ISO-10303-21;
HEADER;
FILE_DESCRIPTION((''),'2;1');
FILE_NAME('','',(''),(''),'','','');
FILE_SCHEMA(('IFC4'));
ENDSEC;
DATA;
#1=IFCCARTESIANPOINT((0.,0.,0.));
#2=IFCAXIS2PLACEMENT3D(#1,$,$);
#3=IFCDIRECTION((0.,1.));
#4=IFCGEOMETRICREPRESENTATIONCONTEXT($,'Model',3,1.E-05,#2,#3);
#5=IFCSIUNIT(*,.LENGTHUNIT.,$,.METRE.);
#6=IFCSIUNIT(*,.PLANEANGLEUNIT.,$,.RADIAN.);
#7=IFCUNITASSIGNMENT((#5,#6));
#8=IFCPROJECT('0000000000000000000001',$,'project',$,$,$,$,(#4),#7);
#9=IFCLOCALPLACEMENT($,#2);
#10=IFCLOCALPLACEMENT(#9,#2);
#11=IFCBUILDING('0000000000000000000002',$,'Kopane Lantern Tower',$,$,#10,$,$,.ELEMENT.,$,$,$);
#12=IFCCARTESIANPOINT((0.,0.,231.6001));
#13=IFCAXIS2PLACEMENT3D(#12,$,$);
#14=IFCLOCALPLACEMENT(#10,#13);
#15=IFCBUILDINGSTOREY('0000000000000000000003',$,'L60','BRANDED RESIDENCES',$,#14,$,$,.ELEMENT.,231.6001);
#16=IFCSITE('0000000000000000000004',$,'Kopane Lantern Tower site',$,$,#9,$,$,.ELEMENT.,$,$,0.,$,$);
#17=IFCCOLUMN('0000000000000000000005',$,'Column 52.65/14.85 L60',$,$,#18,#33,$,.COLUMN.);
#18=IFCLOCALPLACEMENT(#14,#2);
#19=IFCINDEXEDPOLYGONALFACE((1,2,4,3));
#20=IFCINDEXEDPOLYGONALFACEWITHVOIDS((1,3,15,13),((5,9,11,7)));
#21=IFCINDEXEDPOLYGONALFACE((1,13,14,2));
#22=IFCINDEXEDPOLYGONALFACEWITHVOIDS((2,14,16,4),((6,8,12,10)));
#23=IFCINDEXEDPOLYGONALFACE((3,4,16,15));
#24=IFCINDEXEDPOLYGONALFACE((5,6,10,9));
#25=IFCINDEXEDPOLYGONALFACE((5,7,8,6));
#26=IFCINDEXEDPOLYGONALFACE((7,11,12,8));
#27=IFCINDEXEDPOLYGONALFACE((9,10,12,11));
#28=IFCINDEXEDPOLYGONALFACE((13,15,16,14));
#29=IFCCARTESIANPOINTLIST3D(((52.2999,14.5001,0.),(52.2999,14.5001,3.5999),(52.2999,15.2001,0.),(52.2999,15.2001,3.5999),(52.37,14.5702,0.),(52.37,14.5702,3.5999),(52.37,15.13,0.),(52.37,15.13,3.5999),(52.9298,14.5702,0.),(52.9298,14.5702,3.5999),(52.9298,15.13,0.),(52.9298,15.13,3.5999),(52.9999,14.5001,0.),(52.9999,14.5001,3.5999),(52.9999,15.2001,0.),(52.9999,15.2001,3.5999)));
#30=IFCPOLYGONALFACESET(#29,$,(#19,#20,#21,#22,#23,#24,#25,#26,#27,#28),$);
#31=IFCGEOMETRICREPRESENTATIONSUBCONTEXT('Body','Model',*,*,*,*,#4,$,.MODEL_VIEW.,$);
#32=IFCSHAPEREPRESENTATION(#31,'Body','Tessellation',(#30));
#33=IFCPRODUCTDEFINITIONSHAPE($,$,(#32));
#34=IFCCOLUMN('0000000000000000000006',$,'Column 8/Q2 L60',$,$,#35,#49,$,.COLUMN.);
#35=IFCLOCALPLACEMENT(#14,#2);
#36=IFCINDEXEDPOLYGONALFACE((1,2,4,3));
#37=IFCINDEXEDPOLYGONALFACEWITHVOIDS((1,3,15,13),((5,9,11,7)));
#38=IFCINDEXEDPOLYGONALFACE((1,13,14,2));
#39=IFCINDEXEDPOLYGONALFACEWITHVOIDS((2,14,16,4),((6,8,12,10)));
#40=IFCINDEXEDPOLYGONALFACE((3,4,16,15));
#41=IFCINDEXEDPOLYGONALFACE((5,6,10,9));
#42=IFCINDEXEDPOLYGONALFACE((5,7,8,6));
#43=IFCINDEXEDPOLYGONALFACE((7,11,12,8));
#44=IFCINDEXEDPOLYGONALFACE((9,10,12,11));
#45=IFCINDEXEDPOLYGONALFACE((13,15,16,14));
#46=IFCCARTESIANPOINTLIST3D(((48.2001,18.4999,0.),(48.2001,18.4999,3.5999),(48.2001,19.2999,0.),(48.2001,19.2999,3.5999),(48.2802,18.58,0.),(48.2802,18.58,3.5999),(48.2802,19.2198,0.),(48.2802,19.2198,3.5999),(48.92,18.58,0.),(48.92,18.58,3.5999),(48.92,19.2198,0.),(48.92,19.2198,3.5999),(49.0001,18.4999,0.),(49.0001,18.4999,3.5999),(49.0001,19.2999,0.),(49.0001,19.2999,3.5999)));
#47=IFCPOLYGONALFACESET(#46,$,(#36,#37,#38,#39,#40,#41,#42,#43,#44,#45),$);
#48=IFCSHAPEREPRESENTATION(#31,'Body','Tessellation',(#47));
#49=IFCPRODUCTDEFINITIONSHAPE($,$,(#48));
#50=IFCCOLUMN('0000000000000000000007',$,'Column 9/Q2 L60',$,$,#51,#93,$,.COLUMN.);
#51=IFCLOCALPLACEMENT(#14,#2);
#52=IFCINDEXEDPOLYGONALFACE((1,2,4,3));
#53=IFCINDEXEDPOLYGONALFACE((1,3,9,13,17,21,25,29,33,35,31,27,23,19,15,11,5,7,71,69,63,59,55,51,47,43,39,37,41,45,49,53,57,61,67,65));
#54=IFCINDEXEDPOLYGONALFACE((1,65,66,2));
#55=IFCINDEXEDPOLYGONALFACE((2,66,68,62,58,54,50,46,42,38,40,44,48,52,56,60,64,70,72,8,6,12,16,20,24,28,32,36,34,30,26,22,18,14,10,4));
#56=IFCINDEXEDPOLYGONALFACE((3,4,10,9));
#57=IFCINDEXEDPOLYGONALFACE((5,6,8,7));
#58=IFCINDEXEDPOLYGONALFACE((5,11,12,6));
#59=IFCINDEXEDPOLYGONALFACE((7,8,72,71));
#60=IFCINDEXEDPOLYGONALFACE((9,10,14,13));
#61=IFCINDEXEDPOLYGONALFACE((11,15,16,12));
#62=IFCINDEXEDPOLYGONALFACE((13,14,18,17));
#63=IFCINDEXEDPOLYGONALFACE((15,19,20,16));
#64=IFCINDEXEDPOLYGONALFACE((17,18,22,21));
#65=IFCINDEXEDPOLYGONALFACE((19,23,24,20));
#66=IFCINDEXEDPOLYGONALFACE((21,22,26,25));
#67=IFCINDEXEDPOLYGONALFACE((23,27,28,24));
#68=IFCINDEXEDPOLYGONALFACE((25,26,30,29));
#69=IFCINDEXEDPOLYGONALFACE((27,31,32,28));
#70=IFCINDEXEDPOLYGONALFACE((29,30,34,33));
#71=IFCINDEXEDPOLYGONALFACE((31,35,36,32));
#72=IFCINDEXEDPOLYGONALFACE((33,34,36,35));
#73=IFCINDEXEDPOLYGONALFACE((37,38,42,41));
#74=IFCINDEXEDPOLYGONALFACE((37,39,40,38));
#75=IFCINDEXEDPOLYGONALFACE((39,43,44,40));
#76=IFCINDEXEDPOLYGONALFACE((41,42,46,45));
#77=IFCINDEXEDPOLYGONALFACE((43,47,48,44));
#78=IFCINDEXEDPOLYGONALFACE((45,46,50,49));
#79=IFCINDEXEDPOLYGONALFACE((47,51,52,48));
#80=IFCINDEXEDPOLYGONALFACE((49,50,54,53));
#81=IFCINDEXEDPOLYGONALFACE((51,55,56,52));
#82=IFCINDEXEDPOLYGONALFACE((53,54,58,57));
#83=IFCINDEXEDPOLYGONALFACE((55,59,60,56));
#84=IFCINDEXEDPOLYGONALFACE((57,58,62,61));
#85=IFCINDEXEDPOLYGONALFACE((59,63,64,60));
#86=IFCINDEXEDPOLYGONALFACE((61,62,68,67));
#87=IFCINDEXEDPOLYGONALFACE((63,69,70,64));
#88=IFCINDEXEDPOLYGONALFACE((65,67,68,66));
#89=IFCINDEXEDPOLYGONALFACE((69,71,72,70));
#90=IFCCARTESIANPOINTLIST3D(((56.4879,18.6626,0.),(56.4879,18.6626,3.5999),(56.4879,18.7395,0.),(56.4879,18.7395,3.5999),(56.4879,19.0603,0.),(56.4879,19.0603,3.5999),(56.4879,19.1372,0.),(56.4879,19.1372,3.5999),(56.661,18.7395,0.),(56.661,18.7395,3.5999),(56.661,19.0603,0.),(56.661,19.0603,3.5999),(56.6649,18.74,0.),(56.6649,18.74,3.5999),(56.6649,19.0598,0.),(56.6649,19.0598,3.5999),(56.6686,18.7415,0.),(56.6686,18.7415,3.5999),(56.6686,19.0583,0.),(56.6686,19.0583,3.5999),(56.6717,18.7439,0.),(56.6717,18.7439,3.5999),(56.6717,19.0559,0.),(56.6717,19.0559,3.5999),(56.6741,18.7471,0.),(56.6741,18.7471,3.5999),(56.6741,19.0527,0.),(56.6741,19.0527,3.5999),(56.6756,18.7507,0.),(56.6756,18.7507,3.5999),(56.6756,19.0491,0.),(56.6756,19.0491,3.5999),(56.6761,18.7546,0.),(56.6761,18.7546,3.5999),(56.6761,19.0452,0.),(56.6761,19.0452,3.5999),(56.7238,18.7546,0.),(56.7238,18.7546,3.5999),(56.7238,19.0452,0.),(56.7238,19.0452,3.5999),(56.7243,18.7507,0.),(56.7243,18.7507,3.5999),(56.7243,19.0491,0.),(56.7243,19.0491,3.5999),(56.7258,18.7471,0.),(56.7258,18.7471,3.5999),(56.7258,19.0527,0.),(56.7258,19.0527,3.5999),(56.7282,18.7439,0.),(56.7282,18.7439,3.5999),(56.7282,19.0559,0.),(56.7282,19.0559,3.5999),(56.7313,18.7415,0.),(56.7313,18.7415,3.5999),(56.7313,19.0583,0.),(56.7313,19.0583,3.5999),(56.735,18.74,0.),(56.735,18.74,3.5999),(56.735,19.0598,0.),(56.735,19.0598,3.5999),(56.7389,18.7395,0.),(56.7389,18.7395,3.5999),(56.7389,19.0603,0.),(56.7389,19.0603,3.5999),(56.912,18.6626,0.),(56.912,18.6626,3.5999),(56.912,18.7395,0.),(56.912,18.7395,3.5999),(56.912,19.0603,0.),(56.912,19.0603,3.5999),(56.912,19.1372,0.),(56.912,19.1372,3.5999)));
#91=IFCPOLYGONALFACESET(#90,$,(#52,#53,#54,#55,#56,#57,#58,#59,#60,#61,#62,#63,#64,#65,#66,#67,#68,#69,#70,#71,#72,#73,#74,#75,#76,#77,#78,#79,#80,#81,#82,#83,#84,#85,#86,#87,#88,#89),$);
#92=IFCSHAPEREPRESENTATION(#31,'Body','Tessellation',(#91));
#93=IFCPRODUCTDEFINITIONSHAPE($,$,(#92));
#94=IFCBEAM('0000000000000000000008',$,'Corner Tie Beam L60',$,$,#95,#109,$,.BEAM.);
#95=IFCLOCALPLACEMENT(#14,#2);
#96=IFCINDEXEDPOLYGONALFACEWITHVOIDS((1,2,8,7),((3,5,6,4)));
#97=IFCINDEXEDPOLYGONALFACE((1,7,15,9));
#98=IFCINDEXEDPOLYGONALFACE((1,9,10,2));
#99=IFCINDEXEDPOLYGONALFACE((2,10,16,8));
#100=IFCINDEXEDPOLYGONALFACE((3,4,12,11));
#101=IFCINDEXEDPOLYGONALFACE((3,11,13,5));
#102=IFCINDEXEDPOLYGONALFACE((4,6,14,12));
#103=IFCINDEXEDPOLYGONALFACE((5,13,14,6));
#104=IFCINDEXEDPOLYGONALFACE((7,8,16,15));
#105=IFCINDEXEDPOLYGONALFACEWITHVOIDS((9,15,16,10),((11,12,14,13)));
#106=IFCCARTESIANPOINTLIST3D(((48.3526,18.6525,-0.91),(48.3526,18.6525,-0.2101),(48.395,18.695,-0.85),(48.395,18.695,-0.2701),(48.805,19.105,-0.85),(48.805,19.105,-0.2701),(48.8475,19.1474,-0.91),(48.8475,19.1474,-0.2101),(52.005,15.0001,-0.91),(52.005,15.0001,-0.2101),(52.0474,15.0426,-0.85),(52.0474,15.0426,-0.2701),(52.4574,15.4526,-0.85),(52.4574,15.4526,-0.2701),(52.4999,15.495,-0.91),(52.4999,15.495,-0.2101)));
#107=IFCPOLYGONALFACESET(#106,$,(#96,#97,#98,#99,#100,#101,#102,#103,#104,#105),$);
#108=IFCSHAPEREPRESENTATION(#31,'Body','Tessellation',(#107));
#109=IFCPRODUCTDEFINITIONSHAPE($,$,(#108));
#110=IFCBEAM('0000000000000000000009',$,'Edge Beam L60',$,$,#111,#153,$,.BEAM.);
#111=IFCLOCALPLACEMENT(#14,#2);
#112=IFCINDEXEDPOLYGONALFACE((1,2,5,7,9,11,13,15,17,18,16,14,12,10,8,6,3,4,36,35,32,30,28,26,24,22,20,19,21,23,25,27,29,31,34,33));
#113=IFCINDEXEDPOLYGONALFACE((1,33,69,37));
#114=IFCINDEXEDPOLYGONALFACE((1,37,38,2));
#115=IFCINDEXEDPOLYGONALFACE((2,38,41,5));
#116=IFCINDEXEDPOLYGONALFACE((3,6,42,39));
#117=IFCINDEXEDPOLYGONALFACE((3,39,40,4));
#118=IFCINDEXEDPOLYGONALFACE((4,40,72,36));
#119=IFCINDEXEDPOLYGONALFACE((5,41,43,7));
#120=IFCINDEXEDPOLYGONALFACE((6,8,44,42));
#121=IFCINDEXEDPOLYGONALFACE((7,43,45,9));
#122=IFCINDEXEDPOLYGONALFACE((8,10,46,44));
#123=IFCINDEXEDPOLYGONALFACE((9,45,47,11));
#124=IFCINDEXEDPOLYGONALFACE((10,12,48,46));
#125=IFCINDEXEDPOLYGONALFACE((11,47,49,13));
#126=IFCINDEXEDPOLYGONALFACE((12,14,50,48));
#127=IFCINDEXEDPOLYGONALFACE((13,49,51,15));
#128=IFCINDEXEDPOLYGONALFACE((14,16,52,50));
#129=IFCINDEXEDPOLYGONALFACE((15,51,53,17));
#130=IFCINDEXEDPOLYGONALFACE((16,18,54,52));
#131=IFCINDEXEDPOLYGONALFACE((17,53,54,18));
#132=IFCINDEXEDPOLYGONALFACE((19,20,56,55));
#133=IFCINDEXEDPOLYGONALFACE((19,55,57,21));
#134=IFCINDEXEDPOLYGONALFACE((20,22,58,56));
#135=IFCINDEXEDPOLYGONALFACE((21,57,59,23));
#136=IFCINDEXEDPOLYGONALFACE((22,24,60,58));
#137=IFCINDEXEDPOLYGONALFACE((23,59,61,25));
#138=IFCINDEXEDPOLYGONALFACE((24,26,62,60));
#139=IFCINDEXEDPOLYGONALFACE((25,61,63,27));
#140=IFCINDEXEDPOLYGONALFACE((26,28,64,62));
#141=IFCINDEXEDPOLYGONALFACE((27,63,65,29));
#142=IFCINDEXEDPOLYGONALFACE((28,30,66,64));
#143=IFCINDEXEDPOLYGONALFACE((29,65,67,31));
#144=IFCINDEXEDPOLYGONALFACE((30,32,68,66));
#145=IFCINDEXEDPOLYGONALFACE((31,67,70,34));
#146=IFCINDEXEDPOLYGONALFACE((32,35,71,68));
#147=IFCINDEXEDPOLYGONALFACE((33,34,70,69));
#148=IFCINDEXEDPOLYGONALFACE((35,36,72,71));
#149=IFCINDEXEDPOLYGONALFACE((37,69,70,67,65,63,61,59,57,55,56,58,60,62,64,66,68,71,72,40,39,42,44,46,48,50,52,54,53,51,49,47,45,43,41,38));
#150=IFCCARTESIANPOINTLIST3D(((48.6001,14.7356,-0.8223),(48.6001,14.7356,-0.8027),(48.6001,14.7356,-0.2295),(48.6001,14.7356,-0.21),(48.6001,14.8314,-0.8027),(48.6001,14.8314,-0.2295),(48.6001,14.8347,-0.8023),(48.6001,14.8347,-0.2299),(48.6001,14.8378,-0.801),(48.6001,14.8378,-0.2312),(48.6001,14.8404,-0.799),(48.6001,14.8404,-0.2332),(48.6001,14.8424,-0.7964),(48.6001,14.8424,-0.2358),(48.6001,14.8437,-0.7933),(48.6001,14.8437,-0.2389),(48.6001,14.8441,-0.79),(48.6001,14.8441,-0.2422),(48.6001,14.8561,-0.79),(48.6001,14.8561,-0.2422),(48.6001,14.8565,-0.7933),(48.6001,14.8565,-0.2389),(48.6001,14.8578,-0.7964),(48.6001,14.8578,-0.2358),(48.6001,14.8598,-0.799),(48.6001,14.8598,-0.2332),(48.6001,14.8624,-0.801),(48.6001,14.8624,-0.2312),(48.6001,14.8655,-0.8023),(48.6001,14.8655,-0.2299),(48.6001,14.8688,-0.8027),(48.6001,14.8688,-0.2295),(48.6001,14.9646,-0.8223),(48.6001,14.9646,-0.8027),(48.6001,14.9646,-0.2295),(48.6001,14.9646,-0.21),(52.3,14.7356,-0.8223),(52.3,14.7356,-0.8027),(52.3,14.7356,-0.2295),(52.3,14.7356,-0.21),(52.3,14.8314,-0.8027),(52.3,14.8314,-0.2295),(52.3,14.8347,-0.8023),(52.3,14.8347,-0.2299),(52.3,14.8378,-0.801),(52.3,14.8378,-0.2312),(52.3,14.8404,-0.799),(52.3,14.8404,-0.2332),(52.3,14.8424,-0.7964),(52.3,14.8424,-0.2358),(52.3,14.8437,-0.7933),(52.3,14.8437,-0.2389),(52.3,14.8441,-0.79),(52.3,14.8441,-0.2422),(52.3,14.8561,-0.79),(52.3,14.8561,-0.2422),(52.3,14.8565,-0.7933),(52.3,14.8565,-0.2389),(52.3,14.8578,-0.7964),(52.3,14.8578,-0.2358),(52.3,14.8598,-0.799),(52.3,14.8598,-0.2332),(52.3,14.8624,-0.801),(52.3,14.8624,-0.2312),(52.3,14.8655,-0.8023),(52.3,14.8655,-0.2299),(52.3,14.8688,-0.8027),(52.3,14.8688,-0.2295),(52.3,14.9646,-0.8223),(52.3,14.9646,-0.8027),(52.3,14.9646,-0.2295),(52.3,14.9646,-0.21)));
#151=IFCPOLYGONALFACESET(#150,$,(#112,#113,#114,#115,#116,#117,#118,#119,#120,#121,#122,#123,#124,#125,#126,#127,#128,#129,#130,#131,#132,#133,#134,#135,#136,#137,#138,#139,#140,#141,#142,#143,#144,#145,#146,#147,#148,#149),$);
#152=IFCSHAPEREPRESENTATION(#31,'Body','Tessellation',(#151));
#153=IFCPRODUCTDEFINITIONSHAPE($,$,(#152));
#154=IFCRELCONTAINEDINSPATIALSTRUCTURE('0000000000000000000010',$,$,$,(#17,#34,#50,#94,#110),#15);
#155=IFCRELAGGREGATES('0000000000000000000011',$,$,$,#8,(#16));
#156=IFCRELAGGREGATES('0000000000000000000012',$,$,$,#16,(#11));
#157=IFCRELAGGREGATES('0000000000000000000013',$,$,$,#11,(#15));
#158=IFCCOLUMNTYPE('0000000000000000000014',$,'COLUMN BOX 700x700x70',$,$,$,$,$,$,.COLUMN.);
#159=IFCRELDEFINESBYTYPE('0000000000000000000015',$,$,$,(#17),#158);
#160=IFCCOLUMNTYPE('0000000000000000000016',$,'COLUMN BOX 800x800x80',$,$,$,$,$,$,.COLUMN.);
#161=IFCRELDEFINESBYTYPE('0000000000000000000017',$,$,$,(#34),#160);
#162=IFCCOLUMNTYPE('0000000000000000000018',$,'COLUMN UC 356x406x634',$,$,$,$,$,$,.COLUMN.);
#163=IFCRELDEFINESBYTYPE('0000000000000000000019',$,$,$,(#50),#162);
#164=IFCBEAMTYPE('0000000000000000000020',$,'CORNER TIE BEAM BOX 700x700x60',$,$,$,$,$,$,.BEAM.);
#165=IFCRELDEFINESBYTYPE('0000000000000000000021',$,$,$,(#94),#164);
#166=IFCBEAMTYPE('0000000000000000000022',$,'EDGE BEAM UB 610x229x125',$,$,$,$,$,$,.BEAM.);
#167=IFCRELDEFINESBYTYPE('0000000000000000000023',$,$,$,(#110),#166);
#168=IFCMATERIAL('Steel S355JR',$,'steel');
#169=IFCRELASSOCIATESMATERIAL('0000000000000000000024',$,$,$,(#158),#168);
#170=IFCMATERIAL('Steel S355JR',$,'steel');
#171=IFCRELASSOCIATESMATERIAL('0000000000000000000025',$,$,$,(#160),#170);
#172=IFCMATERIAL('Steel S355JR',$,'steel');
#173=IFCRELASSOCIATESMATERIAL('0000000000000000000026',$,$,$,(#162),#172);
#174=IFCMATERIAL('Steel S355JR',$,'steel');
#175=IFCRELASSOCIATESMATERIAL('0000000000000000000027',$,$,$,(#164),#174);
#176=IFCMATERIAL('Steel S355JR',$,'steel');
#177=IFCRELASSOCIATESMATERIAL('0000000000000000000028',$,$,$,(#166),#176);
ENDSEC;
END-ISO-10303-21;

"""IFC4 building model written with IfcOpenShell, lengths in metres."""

from ifc_helpers import new_model, si_unit, direction, frame, origin, origin_2d, place, context, subcontext, project, spatial, hollow_rectangle, i_section, extrude, material, material_profile, profile_set, type_object, element, save


model = new_model("IFC4")

# Units and contexts
model_context = context("Model", 3, precision=1e-05, world=origin(), true_north=direction((0.0, 1.0)))
body_context = subcontext(model_context, "Body", "Model", "MODEL_VIEW")
ifc_project = project(units=[si_unit("LENGTHUNIT", "METRE"), si_unit("PLANEANGLEUNIT", "RADIAN")], contexts=[model_context])

# Site, building, storey
site_placement = place(None, origin())
site = spatial("IfcSite", under=ifc_project, at=site_placement, Name="Kopane Lantern Tower site", CompositionType="ELEMENT", RefElevation=0.0)
building_placement = place(site_placement, origin())
building = spatial("IfcBuilding", under=site, at=building_placement, Name="Kopane Lantern Tower", CompositionType="ELEMENT")
storey_placement = place(building_placement, frame((0.0, 0.0, 231.6001)))
storey = spatial("IfcBuildingStorey", under=building, at=storey_placement, Name="L60", Description="BRANDED RESIDENCES", CompositionType="ELEMENT", Elevation=231.6001)

# Columns
ifc_material_1 = material(Name="Steel S355JR", Category="steel")
ifc_material_profile_1 = material_profile(ifc_material_1, hollow_rectangle(XDim=0.7, YDim=0.7, WallThickness=0.0701, at=origin_2d()), Name="BOX 700x700x70")
ifc_profile_set_1 = profile_set([ifc_material_profile_1], Name="Steel S355JR")
column_type_1 = type_object("IfcColumnType", Name="COLUMN BOX 700x700x70", PredefinedType="COLUMN", material=ifc_profile_set_1)
column_1_placement = place(storey_placement, frame((52.6499, 14.8501, 0.0), z_axis=(0.0, 0.0, 1.0), x_axis=(1.0, 0.0, 0.0)))
element("IfcColumn", 1, at=column_1_placement, inside=storey, type_object=column_type_1, Name="Column 52.65/14.85 L60", PredefinedType="COLUMN", context=body_context, shape_type="SweptSolid", body=[
    extrude(hollow_rectangle(XDim=0.7, YDim=0.7, WallThickness=0.0701, at=origin_2d()), origin(), (0.0, 0.0, 1.0), 3.5999),
])
ifc_material_2 = material(Name="Steel S355JR", Category="steel")
ifc_material_profile_2 = material_profile(ifc_material_2, hollow_rectangle(XDim=0.8, YDim=0.8, WallThickness=0.0801, at=origin_2d()), Name="BOX 800x800x80")
ifc_profile_set_2 = profile_set([ifc_material_profile_2], Name="Steel S355JR")
column_type_2 = type_object("IfcColumnType", Name="COLUMN BOX 800x800x80", PredefinedType="COLUMN", material=ifc_profile_set_2)
column_2_placement = place(storey_placement, frame((48.6001, 18.8999, 0.0), z_axis=(0.0, 0.0, 1.0), x_axis=(1.0, 0.0, 0.0)))
element("IfcColumn", 2, at=column_2_placement, inside=storey, type_object=column_type_2, Name="Column 8/Q2 L60", PredefinedType="COLUMN", context=body_context, shape_type="SweptSolid", body=[
    extrude(hollow_rectangle(XDim=0.8, YDim=0.8, WallThickness=0.0801, at=origin_2d()), origin(), (0.0, 0.0, 1.0), 3.5999),
])
ifc_material_3 = material(Name="Steel S355JR", Category="steel")
ifc_material_profile_3 = material_profile(ifc_material_3, i_section(OverallWidth=0.4241, OverallDepth=0.4746, WebThickness=0.0476, FlangeThickness=0.0769, FilletRadius=0.0151, at=origin_2d()), Name="UC 356x406x634")
ifc_profile_set_3 = profile_set([ifc_material_profile_3], Name="Steel S355JR")
column_type_3 = type_object("IfcColumnType", Name="COLUMN UC 356x406x634", PredefinedType="COLUMN", material=ifc_profile_set_3)
column_3_placement = place(storey_placement, frame((56.7, 18.8999, 0.0), z_axis=(0.0, 0.0, 1.0), x_axis=(1.0, 0.0, 0.0)))
element("IfcColumn", 3, at=column_3_placement, inside=storey, type_object=column_type_3, Name="Column 9/Q2 L60", PredefinedType="COLUMN", context=body_context, shape_type="SweptSolid", body=[
    extrude(i_section(OverallWidth=0.4241, OverallDepth=0.4746, WebThickness=0.0476, FlangeThickness=0.0769, FilletRadius=0.0151, at=origin_2d()), origin(), (0.0, 0.0, 1.0), 3.5999),
])

# Beams
ifc_material_4 = material(Name="Steel S355JR", Category="steel")
ifc_material_profile_4 = material_profile(ifc_material_4, hollow_rectangle(XDim=0.7, YDim=0.7, WallThickness=0.0601, at=origin_2d()), Name="BOX 700x700x60")
ifc_profile_set_4 = profile_set([ifc_material_profile_4], Name="Steel S355JR")
beam_type_1 = type_object("IfcBeamType", Name="CORNER TIE BEAM BOX 700x700x60", PredefinedType="BEAM", material=ifc_profile_set_4)
beam_1_placement = place(storey_placement, frame((52.2524, 15.2476, -0.5601), z_axis=(-0.707107, 0.707107, 0.0), x_axis=(-0.707107, -0.707107, 0.0)))
element("IfcBeam", 4, at=beam_1_placement, inside=storey, type_object=beam_type_1, Name="Corner Tie Beam L60", PredefinedType="BEAM", context=body_context, shape_type="SweptSolid", body=[
    extrude(hollow_rectangle(XDim=0.7, YDim=0.7, WallThickness=0.0601, at=origin_2d()), origin(), (0.0, 0.0, 1.0), 5.1653),
])
ifc_material_5 = material(Name="Steel S355JR", Category="steel")
ifc_material_profile_5 = material_profile(ifc_material_5, i_section(OverallWidth=0.229, OverallDepth=0.6123, WebThickness=0.012, FlangeThickness=0.0195, FilletRadius=0.0127, at=origin_2d()), Name="UB 610x229x125")
ifc_profile_set_5 = profile_set([ifc_material_profile_5], Name="Steel S355JR")
beam_type_2 = type_object("IfcBeamType", Name="EDGE BEAM UB 610x229x125", PredefinedType="BEAM", material=ifc_profile_set_5)
for number, where, z_axis, x_axis, name in (
    (5, (52.3, 14.8501, -0.5161), (-1.0, 0.0, 0.0), (0.0, -1.0, 0.0), "Edge Beam L60"),
):
    element("IfcBeam", number, at=place(storey_placement, frame(where, z_axis=z_axis, x_axis=x_axis)), inside=storey, type_object=beam_type_2, Name=name, PredefinedType="BEAM", context=body_context, shape_type="SweptSolid", body=[
        extrude(i_section(OverallWidth=0.229, OverallDepth=0.6123, WebThickness=0.012, FlangeThickness=0.0195, FilletRadius=0.0127, at=origin_2d()), origin(), (0.0, 0.0, 1.0), 3.7),
    ])

save(model, "model.ifc")
